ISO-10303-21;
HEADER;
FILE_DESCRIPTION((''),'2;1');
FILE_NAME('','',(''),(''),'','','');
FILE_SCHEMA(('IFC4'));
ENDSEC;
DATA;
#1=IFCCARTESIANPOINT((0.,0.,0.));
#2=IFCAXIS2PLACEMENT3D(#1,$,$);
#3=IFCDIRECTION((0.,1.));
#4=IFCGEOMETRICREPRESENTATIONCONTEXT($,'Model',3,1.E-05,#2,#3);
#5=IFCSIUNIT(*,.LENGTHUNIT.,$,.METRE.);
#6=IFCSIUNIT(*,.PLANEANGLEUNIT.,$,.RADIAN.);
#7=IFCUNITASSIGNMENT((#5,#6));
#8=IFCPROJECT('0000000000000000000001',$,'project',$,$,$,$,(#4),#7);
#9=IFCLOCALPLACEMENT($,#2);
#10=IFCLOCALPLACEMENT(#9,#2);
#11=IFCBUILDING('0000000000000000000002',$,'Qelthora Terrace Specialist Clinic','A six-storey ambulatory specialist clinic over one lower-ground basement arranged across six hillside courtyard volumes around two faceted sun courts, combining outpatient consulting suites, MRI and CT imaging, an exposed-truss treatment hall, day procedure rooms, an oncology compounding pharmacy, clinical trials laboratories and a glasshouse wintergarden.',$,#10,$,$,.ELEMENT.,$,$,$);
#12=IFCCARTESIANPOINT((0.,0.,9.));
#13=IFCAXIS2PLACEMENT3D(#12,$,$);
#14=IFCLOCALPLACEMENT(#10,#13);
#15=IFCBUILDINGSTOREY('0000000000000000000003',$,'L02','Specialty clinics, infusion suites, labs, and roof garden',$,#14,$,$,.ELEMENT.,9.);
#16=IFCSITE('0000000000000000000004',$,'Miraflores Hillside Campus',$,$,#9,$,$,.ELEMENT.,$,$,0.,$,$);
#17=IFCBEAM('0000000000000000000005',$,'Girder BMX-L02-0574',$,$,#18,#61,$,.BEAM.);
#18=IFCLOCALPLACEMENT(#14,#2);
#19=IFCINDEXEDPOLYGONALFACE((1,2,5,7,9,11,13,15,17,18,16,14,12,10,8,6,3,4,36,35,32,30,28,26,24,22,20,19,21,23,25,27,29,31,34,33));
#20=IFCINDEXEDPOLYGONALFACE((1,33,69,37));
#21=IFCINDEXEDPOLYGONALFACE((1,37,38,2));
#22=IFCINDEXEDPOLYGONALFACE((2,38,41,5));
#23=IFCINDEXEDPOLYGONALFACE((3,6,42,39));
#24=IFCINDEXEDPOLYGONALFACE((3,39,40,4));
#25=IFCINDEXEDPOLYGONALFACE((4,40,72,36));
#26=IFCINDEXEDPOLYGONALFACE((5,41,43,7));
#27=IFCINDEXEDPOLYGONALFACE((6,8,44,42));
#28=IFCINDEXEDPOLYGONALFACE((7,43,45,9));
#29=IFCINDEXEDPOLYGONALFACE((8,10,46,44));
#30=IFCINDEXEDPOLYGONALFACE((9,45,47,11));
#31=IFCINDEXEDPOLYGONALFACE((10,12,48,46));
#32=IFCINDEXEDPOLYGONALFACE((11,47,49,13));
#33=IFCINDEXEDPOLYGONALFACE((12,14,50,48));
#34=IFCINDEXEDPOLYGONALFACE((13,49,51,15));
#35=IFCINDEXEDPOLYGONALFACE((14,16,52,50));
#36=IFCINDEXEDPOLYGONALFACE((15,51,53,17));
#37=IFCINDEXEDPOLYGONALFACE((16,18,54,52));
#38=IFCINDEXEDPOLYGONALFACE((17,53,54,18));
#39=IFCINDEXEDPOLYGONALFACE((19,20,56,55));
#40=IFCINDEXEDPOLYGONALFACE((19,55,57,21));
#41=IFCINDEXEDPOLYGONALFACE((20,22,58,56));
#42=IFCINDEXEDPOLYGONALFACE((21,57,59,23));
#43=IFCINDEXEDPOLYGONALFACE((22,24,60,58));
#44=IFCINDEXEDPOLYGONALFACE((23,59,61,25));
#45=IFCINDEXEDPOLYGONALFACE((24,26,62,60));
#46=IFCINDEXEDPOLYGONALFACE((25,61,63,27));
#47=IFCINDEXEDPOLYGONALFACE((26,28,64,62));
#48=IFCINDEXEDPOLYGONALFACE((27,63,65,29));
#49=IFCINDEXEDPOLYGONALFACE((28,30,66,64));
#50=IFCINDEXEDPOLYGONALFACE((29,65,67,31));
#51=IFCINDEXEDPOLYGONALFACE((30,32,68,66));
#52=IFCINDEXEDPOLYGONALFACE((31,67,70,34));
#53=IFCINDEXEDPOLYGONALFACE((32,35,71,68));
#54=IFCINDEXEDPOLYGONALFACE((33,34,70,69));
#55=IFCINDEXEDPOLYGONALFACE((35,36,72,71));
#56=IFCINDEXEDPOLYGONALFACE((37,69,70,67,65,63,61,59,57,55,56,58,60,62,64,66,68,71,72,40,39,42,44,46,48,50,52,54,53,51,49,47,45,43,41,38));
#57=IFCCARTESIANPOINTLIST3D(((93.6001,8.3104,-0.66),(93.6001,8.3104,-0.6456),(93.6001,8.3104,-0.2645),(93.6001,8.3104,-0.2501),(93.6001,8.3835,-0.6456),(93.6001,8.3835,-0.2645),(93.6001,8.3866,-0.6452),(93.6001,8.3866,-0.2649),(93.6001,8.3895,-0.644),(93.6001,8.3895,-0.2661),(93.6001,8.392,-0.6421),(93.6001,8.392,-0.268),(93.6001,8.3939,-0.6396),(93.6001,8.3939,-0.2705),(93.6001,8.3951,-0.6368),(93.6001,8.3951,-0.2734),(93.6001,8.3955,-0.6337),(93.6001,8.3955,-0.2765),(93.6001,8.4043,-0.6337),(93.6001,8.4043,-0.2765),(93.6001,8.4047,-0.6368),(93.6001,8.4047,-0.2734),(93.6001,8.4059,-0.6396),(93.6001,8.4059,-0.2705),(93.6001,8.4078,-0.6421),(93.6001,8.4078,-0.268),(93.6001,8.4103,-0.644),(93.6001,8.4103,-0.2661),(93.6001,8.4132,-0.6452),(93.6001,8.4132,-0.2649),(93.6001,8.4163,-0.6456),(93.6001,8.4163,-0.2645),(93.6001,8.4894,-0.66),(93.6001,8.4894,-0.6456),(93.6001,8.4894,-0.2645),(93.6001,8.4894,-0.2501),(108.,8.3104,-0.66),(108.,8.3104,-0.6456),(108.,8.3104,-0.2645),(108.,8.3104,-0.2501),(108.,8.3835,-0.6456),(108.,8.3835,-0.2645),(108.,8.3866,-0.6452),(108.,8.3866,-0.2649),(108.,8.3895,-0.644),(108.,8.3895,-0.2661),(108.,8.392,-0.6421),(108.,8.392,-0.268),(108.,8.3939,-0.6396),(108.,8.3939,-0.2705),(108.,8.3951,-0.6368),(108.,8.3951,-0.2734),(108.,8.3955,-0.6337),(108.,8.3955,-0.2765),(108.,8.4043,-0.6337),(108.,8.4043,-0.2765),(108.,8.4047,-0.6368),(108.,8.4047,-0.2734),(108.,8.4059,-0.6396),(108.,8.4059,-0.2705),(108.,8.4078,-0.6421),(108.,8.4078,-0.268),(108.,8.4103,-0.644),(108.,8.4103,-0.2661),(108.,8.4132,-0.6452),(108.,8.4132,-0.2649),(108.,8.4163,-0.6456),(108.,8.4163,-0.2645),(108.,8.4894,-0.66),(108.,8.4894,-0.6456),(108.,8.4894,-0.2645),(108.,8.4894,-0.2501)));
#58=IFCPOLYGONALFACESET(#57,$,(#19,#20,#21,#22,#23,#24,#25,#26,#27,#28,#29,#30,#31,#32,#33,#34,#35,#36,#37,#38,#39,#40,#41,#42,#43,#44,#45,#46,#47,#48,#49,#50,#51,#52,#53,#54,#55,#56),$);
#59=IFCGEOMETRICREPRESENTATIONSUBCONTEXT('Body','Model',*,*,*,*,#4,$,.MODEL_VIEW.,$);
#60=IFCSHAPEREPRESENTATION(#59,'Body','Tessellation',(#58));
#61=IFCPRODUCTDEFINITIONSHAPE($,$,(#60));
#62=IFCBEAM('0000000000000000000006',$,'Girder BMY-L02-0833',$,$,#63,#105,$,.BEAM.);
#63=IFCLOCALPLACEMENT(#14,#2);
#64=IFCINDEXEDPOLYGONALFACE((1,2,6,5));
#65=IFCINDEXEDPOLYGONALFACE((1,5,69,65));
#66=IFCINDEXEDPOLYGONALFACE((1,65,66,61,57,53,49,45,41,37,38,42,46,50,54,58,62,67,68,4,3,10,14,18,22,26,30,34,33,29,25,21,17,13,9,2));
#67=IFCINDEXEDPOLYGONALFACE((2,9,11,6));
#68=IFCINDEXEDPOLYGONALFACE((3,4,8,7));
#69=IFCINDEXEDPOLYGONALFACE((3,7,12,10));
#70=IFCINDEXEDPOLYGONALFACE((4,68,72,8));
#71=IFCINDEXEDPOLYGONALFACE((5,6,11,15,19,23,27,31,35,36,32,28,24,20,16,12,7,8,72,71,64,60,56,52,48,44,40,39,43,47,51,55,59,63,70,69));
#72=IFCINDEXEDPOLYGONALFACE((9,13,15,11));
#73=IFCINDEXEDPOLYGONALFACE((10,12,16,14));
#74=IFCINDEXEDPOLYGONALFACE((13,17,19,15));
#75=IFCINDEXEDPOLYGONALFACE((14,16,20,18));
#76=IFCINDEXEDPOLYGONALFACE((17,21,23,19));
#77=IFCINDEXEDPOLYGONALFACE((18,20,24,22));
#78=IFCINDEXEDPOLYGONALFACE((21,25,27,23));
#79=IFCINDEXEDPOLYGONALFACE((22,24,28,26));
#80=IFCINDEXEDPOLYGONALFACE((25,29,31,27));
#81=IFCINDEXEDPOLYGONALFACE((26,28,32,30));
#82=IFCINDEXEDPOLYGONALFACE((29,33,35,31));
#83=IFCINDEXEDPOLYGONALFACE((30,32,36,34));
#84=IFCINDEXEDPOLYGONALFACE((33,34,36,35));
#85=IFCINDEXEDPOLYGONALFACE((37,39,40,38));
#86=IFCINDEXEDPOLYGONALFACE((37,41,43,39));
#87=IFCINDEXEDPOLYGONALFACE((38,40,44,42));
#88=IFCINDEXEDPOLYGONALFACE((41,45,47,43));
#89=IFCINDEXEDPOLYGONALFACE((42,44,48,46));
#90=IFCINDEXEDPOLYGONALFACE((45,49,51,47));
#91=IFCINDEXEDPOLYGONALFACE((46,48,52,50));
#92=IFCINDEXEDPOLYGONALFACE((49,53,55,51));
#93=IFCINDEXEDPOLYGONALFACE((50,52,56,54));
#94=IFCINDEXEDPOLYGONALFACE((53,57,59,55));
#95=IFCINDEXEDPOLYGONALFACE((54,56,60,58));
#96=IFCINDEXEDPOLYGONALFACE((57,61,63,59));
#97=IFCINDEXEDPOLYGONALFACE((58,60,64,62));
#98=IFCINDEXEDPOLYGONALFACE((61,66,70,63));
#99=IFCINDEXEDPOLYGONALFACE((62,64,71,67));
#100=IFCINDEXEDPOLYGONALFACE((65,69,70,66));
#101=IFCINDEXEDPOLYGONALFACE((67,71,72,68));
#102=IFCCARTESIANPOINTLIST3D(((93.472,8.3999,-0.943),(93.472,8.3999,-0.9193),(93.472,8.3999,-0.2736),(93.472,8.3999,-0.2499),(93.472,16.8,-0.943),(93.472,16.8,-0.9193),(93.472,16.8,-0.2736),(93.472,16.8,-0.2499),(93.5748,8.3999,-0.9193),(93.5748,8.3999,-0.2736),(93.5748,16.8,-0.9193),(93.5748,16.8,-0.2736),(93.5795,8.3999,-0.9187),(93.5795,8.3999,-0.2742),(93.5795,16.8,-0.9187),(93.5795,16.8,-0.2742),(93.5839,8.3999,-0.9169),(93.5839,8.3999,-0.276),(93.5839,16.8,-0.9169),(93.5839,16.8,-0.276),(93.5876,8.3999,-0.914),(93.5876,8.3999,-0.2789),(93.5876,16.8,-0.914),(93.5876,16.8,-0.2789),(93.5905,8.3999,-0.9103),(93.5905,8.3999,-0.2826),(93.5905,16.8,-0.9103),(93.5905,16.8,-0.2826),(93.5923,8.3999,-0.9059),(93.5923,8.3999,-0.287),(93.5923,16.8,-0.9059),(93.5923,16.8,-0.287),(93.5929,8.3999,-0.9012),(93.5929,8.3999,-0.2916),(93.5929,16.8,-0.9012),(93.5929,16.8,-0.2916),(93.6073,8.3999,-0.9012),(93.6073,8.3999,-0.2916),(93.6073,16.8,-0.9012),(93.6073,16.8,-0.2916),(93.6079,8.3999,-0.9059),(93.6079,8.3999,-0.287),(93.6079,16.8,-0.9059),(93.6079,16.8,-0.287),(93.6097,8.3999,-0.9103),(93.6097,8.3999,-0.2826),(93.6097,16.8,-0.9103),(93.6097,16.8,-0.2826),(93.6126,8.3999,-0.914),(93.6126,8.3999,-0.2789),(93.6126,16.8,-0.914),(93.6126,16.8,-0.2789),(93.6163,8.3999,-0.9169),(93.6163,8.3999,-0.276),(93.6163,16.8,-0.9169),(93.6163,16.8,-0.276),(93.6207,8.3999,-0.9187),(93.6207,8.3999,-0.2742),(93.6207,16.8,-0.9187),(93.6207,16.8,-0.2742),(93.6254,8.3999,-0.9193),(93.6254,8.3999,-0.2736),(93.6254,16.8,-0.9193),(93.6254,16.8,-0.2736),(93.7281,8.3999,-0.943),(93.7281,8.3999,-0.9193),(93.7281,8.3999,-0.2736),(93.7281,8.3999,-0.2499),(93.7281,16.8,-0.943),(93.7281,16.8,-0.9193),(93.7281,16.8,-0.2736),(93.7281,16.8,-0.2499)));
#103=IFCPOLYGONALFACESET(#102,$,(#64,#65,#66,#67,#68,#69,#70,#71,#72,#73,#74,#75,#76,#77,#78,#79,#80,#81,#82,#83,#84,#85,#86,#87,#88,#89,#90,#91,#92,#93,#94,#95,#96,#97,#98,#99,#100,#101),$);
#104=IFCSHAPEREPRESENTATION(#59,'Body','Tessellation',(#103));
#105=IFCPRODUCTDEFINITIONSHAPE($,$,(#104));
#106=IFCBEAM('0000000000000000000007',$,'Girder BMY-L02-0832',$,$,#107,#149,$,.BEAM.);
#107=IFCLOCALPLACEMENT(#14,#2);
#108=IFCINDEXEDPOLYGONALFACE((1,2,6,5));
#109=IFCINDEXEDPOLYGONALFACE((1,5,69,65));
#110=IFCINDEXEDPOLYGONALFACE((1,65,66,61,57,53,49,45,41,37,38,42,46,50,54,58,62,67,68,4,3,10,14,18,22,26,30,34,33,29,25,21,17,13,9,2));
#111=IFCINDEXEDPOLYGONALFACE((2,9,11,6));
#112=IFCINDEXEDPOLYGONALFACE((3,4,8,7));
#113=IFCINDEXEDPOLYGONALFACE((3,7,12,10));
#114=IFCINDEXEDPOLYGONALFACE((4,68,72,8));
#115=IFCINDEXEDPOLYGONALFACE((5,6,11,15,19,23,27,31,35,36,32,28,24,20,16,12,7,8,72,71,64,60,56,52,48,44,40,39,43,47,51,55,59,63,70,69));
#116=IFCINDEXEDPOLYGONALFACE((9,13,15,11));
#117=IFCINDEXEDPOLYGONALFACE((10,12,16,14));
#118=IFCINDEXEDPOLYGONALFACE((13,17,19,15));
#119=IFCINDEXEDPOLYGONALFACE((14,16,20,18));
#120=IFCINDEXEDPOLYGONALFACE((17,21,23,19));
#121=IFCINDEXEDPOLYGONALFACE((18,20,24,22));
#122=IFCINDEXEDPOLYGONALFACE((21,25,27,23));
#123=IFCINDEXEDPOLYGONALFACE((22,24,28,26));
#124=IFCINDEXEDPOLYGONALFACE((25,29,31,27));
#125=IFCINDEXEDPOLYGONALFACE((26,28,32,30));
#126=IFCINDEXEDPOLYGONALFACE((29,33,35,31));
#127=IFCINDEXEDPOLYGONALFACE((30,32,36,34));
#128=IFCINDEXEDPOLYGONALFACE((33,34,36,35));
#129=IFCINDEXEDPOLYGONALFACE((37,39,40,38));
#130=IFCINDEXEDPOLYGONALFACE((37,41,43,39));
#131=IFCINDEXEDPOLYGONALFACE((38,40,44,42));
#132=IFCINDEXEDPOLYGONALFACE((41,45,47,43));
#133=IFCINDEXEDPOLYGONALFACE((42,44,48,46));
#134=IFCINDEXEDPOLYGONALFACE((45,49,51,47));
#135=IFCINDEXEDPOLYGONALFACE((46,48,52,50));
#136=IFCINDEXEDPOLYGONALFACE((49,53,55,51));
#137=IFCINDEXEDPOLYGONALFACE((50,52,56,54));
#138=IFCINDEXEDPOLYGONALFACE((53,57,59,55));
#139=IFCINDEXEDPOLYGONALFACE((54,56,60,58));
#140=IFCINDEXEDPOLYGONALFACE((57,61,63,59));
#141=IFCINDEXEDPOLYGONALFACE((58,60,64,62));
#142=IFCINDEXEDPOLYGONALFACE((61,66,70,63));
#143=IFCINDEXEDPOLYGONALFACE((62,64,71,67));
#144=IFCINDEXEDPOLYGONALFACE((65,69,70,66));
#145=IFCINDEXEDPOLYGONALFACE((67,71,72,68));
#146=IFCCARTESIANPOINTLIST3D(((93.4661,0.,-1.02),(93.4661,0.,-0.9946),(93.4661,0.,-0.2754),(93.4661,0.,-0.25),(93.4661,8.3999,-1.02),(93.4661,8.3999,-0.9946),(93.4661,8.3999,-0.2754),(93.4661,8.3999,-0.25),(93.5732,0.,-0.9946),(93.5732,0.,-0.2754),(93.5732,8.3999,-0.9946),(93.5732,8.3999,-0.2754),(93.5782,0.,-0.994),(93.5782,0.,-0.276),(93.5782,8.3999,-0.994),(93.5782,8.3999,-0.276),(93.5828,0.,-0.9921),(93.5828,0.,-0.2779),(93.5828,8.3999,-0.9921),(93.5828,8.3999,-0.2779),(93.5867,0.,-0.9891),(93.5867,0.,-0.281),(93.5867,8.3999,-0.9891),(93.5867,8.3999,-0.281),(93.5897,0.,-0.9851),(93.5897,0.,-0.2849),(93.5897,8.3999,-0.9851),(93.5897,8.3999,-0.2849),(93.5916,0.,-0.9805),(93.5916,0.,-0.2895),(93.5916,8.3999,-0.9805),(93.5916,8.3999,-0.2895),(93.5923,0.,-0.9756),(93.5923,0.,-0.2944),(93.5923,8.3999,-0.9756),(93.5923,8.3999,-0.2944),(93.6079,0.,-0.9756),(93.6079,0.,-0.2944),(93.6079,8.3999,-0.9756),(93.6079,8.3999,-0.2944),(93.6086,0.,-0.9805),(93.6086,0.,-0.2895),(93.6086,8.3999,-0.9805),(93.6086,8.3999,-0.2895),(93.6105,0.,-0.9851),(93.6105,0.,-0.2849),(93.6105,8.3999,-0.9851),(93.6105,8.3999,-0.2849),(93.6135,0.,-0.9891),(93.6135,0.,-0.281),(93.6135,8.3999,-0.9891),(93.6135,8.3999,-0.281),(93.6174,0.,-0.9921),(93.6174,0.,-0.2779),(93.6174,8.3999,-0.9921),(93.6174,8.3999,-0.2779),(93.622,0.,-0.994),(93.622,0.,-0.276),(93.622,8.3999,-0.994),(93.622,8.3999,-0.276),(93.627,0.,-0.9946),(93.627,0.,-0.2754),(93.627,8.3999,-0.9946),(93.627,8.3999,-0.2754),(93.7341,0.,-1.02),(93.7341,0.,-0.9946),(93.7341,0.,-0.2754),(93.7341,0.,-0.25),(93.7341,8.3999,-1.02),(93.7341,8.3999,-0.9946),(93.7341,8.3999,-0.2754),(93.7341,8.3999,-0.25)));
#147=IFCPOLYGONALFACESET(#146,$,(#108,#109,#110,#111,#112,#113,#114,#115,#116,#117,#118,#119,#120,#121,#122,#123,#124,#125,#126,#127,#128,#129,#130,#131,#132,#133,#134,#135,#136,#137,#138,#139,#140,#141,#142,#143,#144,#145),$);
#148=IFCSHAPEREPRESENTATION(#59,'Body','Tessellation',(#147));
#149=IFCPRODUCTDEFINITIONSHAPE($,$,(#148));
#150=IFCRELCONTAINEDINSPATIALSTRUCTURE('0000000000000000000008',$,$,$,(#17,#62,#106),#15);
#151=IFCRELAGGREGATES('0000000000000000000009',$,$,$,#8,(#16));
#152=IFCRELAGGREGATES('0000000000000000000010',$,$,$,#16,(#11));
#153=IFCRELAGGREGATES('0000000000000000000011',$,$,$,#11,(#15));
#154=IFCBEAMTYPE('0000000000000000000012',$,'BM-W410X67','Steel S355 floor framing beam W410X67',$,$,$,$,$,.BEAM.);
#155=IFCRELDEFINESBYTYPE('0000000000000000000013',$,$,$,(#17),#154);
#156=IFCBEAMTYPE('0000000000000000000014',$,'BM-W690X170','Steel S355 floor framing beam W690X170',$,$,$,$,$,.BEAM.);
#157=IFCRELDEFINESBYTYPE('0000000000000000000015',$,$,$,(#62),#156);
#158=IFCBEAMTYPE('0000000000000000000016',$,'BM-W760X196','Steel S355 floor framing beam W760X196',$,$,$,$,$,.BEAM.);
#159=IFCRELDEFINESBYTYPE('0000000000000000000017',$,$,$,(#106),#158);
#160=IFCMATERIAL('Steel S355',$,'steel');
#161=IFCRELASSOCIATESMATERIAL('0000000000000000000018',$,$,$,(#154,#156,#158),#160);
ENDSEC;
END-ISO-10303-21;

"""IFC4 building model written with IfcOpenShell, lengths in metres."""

from ifc_helpers import new_model, si_unit, direction, frame, origin, origin_2d, place, context, subcontext, project, spatial, i_section, extrude, material, material_profile, profile_set, type_object, element, save


model = new_model("IFC4")

# Units and contexts
model_context = context("Model", 3, precision=1e-05, world=origin(), true_north=direction((0.0, 1.0)))
body_context = subcontext(model_context, "Body", "Model", "MODEL_VIEW")
ifc_project = project(units=[si_unit("LENGTHUNIT", "METRE"), si_unit("PLANEANGLEUNIT", "RADIAN")], contexts=[model_context])

# Site, building, storey
site_placement = place(None, origin())
site = spatial("IfcSite", under=ifc_project, at=site_placement, Name="Miraflores Hillside Campus", CompositionType="ELEMENT", RefElevation=0.0)
building_placement = place(site_placement, origin())
building = spatial("IfcBuilding", under=site, at=building_placement, Name="Qelthora Terrace Specialist Clinic", Description="A six-storey ambulatory specialist clinic over one lower-ground basement arranged across six hillside courtyard volumes around two faceted sun courts, combining outpatient consulting suites, MRI and CT imaging, an exposed-truss treatment hall, day procedure rooms, an oncology compounding pharmacy, clinical trials laboratories and a glasshouse wintergarden.", CompositionType="ELEMENT")
storey_placement = place(building_placement, frame((0.0, 0.0, 9.0)))
storey = spatial("IfcBuildingStorey", under=building, at=storey_placement, Name="L02", Description="Specialty clinics, infusion suites, labs, and roof garden", CompositionType="ELEMENT", Elevation=9.0)

# Beams
ifc_material = material(Name="Steel S355", Category="steel")
ifc_material_profile_1 = material_profile(ifc_material, i_section(OverallWidth=0.179, OverallDepth=0.4099, WebThickness=0.0088, FlangeThickness=0.0144, FilletRadius=0.012, at=origin_2d()), Name="W410X67")
ifc_profile_set_1 = profile_set([ifc_material_profile_1], Name="Steel S355")
beam_type_1 = type_object("IfcBeamType", Name="BM-W410X67", Description="Steel S355 floor framing beam W410X67", PredefinedType="BEAM", material=ifc_profile_set_1)
beam_1_placement = place(storey_placement, frame((93.6001, 8.3999, -0.4551), z_axis=(1.0, 0.0, 0.0), x_axis=(0.0, 1.0, 0.0)))
element("IfcBeam", 1, at=beam_1_placement, inside=storey, type_object=beam_type_1, Name="Girder BMX-L02-0574", PredefinedType="BEAM", context=body_context, shape_type="SweptSolid", body=[
    extrude(i_section(OverallWidth=0.179, OverallDepth=0.4099, WebThickness=0.0088, FlangeThickness=0.0144, FilletRadius=0.012, at=origin_2d()), origin(), (0.0, 0.0, 1.0), 14.3999),
])
ifc_material_profile_2 = material_profile(ifc_material, i_section(OverallWidth=0.2561, OverallDepth=0.6931, WebThickness=0.0144, FlangeThickness=0.0237, FilletRadius=0.0181, at=origin_2d()), Name="W690X170")
ifc_profile_set_2 = profile_set([ifc_material_profile_2], Name="Steel S355")
beam_type_2 = type_object("IfcBeamType", Name="BM-W690X170", Description="Steel S355 floor framing beam W690X170", PredefinedType="BEAM", material=ifc_profile_set_2)
beam_2_placement = place(storey_placement, frame((93.6001, 8.3999, -0.5964), z_axis=(0.0, 1.0, 0.0), x_axis=(-1.0, 0.0, 0.0)))
element("IfcBeam", 2, at=beam_2_placement, inside=storey, type_object=beam_type_2, Name="Girder BMY-L02-0833", PredefinedType="BEAM", context=body_context, shape_type="SweptSolid", body=[
    extrude(i_section(OverallWidth=0.2561, OverallDepth=0.6931, WebThickness=0.0144, FlangeThickness=0.0237, FilletRadius=0.0181, at=origin_2d()), origin(), (0.0, 0.0, 1.0), 8.4001),
])
ifc_material_profile_3 = material_profile(ifc_material, i_section(OverallWidth=0.2681, OverallDepth=0.77, WebThickness=0.0156, FlangeThickness=0.0254, FilletRadius=0.019, at=origin_2d()), Name="W760X196")
ifc_profile_set_3 = profile_set([ifc_material_profile_3], Name="Steel S355")
beam_type_3 = type_object("IfcBeamType", Name="BM-W760X196", Description="Steel S355 floor framing beam W760X196", PredefinedType="BEAM", material=ifc_profile_set_3)
beam_3_placement = place(storey_placement, frame((93.6001, 0.0, -0.635), z_axis=(0.0, 1.0, 0.0), x_axis=(-1.0, 0.0, 0.0)))
element("IfcBeam", 3, at=beam_3_placement, inside=storey, type_object=beam_type_3, Name="Girder BMY-L02-0832", PredefinedType="BEAM", context=body_context, shape_type="SweptSolid", body=[
    extrude(i_section(OverallWidth=0.2681, OverallDepth=0.77, WebThickness=0.0156, FlangeThickness=0.0254, FilletRadius=0.019, at=origin_2d()), origin(), (0.0, 0.0, 1.0), 8.3999),
])

save(model, "model.ifc")
